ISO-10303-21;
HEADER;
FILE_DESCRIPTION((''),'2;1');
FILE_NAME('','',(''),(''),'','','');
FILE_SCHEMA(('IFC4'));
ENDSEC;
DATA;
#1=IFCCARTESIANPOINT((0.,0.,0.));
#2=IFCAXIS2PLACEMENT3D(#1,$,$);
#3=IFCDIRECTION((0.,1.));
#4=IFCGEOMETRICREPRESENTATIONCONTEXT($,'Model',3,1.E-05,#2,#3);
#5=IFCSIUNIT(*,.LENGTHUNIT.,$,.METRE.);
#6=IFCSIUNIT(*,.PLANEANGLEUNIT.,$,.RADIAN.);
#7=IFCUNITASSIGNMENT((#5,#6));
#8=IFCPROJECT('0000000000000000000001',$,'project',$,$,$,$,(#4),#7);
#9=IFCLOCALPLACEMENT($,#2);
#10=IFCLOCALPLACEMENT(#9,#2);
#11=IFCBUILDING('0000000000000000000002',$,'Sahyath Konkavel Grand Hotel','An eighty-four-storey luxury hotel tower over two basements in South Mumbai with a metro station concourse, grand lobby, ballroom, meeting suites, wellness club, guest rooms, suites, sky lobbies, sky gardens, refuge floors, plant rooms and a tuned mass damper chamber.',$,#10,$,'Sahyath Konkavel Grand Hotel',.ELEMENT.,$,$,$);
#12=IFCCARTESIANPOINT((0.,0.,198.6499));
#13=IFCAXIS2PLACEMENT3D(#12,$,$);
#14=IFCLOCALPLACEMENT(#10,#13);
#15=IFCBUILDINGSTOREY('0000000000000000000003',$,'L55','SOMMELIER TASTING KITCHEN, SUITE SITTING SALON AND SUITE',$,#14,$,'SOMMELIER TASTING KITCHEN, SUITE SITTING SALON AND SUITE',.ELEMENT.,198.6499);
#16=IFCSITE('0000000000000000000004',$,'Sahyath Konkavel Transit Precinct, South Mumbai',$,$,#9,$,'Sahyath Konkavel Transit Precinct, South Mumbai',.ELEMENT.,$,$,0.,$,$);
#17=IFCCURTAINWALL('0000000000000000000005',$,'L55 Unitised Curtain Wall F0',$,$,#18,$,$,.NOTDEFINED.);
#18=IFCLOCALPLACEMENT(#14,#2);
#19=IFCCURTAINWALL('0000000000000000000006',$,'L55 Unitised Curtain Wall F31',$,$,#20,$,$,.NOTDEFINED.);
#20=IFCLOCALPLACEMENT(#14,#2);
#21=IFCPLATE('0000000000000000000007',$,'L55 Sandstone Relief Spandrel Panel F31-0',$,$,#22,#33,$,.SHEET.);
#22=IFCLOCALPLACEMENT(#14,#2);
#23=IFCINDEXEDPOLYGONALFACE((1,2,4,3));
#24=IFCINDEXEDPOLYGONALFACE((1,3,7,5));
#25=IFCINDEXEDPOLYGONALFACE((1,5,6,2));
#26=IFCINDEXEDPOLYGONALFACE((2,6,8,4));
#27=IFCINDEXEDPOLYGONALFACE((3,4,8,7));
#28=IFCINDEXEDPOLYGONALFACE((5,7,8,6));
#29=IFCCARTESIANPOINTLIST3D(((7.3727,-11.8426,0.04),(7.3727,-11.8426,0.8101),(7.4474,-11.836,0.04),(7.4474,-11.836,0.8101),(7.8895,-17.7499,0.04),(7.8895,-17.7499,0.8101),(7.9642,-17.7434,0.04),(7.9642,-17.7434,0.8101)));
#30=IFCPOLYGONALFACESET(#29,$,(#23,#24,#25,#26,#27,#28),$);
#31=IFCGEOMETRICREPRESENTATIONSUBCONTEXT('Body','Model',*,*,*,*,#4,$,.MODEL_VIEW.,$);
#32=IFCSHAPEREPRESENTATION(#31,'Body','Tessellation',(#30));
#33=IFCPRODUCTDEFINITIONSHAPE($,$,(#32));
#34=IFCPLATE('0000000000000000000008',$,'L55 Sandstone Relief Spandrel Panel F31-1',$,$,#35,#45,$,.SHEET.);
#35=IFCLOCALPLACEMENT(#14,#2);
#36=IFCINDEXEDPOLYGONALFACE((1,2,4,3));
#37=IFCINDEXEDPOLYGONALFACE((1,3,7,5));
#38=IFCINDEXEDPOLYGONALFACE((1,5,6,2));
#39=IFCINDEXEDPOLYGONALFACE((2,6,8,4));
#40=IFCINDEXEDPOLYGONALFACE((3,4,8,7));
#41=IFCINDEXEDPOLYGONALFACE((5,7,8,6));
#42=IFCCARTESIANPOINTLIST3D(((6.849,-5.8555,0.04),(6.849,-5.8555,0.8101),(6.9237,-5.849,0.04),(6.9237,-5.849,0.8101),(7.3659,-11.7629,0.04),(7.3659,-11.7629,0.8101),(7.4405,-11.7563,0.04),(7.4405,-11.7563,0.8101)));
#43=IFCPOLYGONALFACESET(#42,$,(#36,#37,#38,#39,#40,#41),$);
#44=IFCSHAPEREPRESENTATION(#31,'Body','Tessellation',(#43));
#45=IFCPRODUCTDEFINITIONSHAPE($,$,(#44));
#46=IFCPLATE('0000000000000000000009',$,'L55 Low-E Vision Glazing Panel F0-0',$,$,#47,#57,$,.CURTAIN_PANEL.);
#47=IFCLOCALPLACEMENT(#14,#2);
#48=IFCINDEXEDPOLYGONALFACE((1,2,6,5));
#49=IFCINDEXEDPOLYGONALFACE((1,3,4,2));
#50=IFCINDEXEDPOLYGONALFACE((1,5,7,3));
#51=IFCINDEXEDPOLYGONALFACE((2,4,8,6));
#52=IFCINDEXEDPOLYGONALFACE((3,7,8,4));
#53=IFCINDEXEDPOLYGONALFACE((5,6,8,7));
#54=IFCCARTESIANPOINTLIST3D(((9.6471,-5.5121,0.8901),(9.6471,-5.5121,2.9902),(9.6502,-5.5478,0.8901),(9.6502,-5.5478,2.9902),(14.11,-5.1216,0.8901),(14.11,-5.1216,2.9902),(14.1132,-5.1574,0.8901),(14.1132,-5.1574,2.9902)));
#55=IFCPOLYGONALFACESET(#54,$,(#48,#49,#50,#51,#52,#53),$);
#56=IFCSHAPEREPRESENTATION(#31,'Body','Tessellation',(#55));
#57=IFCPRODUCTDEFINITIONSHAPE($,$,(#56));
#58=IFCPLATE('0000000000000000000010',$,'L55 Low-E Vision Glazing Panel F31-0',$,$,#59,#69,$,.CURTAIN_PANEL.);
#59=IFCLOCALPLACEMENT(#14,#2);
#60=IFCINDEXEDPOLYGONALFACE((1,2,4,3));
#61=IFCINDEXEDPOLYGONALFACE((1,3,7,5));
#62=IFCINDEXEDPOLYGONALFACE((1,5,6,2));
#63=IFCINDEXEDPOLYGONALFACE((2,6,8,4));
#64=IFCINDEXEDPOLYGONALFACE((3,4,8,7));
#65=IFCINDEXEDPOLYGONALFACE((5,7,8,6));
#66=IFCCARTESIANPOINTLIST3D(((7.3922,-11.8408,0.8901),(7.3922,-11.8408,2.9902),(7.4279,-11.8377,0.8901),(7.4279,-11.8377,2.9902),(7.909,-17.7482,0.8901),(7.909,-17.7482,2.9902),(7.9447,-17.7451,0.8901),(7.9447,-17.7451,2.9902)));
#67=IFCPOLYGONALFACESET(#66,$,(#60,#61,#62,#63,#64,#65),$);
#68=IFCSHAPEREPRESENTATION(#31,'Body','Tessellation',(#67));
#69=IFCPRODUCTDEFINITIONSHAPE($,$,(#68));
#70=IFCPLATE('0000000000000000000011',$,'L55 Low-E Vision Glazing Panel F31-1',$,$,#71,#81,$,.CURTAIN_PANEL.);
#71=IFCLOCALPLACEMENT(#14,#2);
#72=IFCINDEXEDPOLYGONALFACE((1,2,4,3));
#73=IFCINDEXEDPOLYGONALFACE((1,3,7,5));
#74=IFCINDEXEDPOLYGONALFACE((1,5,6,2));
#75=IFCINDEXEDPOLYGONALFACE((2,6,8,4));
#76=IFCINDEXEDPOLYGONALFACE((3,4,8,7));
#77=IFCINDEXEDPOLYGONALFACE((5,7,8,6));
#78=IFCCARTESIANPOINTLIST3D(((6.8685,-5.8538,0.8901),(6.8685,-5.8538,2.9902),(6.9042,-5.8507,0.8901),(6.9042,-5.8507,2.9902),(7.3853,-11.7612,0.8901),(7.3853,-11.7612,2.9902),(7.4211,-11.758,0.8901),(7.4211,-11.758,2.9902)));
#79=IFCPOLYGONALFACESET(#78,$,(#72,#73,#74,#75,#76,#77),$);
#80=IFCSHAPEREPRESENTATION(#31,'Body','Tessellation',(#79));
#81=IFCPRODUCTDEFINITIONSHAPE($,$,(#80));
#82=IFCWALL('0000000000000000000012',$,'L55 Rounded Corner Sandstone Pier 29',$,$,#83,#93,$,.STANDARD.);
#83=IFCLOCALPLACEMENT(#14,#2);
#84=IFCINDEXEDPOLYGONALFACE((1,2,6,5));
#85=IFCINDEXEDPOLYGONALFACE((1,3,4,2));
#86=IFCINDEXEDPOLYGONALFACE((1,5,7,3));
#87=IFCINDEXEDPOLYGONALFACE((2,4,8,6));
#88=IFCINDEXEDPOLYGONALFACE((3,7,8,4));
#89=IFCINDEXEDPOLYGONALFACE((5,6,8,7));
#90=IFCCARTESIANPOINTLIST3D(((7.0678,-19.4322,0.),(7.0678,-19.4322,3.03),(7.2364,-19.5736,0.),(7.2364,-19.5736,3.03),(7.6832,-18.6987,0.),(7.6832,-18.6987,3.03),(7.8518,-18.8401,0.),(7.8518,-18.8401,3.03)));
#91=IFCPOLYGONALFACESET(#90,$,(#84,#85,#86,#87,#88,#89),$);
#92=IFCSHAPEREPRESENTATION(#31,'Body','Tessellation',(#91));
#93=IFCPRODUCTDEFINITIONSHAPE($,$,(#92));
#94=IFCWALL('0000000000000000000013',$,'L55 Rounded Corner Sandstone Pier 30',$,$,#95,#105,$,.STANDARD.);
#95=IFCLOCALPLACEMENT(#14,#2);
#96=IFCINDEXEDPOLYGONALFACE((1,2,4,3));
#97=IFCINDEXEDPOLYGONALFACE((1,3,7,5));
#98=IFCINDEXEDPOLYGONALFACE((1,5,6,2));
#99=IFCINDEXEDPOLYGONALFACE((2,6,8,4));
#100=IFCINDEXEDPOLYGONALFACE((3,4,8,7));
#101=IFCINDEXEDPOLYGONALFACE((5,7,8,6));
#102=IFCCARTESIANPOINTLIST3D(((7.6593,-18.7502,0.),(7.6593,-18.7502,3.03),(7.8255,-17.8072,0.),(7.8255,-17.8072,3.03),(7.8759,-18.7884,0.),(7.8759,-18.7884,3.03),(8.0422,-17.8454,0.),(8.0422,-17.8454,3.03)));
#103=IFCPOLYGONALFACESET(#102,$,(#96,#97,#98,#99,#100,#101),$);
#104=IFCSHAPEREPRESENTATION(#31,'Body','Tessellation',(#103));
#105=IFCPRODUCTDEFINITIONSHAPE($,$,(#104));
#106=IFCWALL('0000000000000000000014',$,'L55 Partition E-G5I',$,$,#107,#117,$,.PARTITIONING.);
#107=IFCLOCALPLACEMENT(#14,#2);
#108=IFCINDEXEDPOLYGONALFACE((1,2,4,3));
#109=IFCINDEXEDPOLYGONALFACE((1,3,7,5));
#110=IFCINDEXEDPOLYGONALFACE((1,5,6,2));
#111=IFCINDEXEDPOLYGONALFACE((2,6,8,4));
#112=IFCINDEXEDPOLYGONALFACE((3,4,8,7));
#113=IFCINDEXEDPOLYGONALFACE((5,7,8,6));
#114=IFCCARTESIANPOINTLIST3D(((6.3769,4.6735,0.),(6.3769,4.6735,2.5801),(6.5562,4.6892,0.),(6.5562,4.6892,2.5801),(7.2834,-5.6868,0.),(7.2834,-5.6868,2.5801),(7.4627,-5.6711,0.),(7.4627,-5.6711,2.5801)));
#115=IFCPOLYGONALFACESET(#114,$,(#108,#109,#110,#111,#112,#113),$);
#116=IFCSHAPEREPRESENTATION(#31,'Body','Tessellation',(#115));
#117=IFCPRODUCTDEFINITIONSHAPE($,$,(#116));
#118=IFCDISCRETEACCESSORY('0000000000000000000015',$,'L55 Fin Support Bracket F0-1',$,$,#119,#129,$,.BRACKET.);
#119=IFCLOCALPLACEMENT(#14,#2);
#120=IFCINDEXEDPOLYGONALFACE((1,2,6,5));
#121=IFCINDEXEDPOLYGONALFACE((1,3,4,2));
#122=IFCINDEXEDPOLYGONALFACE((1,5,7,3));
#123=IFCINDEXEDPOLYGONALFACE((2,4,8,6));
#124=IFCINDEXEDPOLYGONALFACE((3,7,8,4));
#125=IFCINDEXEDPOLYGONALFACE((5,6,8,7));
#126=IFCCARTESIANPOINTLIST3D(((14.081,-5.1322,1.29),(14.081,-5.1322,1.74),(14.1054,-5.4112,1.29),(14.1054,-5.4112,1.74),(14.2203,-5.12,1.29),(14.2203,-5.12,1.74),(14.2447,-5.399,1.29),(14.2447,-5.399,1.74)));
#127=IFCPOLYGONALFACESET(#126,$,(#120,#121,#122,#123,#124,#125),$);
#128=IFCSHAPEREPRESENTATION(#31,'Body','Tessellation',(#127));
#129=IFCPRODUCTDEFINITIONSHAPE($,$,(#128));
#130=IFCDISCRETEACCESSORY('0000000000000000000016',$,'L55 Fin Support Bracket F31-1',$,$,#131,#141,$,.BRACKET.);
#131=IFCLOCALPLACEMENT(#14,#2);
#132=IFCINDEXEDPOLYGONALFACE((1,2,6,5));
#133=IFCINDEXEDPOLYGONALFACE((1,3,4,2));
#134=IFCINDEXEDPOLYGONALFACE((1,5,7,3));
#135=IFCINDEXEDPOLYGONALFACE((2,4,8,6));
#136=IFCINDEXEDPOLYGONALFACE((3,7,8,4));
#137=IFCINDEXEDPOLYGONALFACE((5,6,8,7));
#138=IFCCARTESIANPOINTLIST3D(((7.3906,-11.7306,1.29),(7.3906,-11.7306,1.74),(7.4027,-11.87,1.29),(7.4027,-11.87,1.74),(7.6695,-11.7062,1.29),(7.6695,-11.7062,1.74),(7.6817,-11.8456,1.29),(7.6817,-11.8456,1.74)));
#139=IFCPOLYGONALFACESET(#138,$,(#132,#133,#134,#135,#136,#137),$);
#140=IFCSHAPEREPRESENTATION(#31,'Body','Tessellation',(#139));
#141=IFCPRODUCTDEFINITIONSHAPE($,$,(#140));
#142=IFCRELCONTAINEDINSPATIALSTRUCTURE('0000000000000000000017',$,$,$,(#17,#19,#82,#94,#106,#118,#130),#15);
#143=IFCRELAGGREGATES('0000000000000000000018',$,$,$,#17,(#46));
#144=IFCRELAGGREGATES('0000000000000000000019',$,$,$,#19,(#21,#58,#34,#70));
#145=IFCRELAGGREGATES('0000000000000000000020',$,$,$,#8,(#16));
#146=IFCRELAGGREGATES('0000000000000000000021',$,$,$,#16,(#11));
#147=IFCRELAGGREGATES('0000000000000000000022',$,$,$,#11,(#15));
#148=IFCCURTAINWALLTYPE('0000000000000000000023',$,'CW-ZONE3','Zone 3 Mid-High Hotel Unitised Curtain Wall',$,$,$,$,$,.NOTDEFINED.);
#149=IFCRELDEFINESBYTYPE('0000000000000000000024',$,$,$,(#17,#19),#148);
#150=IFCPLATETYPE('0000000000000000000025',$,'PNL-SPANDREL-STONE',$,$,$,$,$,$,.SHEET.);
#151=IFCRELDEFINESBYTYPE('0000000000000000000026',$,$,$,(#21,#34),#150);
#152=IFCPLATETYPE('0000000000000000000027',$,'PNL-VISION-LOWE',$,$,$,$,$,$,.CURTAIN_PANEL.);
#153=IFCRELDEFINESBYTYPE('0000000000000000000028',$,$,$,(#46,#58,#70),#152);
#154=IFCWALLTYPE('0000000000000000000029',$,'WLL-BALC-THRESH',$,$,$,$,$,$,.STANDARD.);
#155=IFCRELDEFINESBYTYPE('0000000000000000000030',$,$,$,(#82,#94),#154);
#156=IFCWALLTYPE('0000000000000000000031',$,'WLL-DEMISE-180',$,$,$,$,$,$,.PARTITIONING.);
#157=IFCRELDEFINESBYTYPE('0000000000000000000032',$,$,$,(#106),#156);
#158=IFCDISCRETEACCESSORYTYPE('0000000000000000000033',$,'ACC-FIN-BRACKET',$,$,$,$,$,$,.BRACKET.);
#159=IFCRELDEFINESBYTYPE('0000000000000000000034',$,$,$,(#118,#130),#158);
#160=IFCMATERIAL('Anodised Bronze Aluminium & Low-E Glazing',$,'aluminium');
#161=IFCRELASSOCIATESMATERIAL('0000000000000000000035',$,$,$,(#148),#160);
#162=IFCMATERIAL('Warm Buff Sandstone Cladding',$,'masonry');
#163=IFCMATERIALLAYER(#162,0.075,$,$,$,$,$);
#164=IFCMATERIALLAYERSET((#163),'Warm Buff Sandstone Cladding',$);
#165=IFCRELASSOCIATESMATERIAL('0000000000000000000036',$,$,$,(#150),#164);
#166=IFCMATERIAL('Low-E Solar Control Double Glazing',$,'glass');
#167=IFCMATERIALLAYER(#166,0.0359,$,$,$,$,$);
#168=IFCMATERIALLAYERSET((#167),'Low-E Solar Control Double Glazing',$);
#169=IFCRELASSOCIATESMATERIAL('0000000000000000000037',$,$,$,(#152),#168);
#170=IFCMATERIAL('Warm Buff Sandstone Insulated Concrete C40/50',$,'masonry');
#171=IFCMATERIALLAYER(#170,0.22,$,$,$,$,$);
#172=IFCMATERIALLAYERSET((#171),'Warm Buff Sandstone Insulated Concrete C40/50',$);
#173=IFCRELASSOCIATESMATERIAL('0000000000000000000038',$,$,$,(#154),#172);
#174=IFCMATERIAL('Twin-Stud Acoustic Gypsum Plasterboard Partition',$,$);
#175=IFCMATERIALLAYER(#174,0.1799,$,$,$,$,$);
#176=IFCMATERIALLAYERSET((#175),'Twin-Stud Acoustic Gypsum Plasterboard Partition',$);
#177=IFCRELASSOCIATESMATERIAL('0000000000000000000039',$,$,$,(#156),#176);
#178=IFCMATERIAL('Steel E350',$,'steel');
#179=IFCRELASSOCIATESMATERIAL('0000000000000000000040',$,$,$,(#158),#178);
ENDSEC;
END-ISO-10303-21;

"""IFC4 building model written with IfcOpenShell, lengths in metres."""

from ifc_helpers import new_model, si_unit, direction, frame, frame_2d, origin, origin_2d, place, context, subcontext, project, spatial, rectangle, extrude, source, transform, mapped, material, layer, layer_set, type_object, element, aggregate, save


model = new_model("IFC4")

# Units and contexts
model_context = context("Model", 3, precision=1e-05, world=origin(), true_north=direction((0.0, 1.0)))
body_context = subcontext(model_context, "Body", "Model", "MODEL_VIEW")
ifc_project = project(units=[si_unit("LENGTHUNIT", "METRE"), si_unit("PLANEANGLEUNIT", "RADIAN")], contexts=[model_context])

# Site, building, storey
site_placement = place(None, origin())
site = spatial("IfcSite", under=ifc_project, at=site_placement, Name="Sahyath Konkavel Transit Precinct, South Mumbai", LongName="Sahyath Konkavel Transit Precinct, South Mumbai", CompositionType="ELEMENT", RefElevation=0.0)
building_placement = place(site_placement, origin())
building = spatial("IfcBuilding", under=site, at=building_placement, Name="Sahyath Konkavel Grand Hotel", Description="An eighty-four-storey luxury hotel tower over two basements in South Mumbai with a metro station concourse, grand lobby, ballroom, meeting suites, wellness club, guest rooms, suites, sky lobbies, sky gardens, refuge floors, plant rooms and a tuned mass damper chamber.", LongName="Sahyath Konkavel Grand Hotel", CompositionType="ELEMENT")
storey_placement = place(building_placement, frame((0.0, 0.0, 198.6499)))
storey = spatial("IfcBuildingStorey", under=building, at=storey_placement, Name="L55", Description="SOMMELIER TASTING KITCHEN, SUITE SITTING SALON AND SUITE", LongName="SOMMELIER TASTING KITCHEN, SUITE SITTING SALON AND SUITE", CompositionType="ELEMENT", Elevation=198.6499)

# Curtain wall
ifc_material_1 = material(Name="Anodised Bronze Aluminium & Low-E Glazing", Category="aluminium")
curtain_wall_type = type_object("IfcCurtainWallType", Name="CW-ZONE3", Description="Zone 3 Mid-High Hotel Unitised Curtain Wall", PredefinedType="NOTDEFINED", material=ifc_material_1)
curtain_wall_1_placement = place(storey_placement, origin())
curtain_wall_1 = element("IfcCurtainWall", 1, at=curtain_wall_1_placement, inside=storey, type_object=curtain_wall_type, Name="L55 Unitised Curtain Wall F0", PredefinedType="NOTDEFINED")

# Curtain wall
curtain_wall_2_placement = place(storey_placement, origin())
curtain_wall_2 = element("IfcCurtainWall", 2, at=curtain_wall_2_placement, inside=storey, type_object=curtain_wall_type, Name="L55 Unitised Curtain Wall F31", PredefinedType="NOTDEFINED")

# Plates
ifc_material_2 = material(Name="Warm Buff Sandstone Cladding", Category="masonry")
ifc_layer_1 = layer(ifc_material_2, 0.075)
ifc_layer_set_1 = layer_set([ifc_layer_1], Name="Warm Buff Sandstone Cladding")
plate_type_1 = type_object("IfcPlateType", Name="PNL-SPANDREL-STONE", PredefinedType="SHEET", material=ifc_layer_set_1)
shared_shape_1 = source(origin(), body_context, "Body", "SweptSolid", [
    extrude(rectangle(XDim=5.9299, YDim=0.075, at=origin_2d()), origin(), (0.0, 0.0, 1.0), 0.77),
])
plate_1_placement = place(storey_placement, frame((7.6685, -14.793, 0.04), z_axis=(0.0, 0.0, 1.0), x_axis=(-0.087156, 0.996195, 0.0)))
plate_1 = element("IfcPlate", 3, at=plate_1_placement, type_object=plate_type_1, Name="L55 Sandstone Relief Spandrel Panel F31-0", PredefinedType="SHEET", context=body_context, shape_type="MappedRepresentation", body=[
    mapped(shared_shape_1, transform((0.0, 0.0, 0.0), scale=1.0)),
])
plate_2_placement = place(storey_placement, frame((7.1448, -8.8059, 0.04), z_axis=(0.0, 0.0, 1.0), x_axis=(-0.087156, 0.996195, 0.0)))
plate_2 = element("IfcPlate", 4, at=plate_2_placement, type_object=plate_type_1, Name="L55 Sandstone Relief Spandrel Panel F31-1", PredefinedType="SHEET", context=body_context, shape_type="MappedRepresentation", body=[
    mapped(shared_shape_1, transform((0.0, 0.0, 0.0), scale=1.0)),
])
ifc_material_3 = material(Name="Low-E Solar Control Double Glazing", Category="glass")
ifc_layer_2 = layer(ifc_material_3, 0.0359)
ifc_layer_set_2 = layer_set([ifc_layer_2], Name="Low-E Solar Control Double Glazing")
plate_type_2 = type_object("IfcPlateType", Name="PNL-VISION-LOWE", PredefinedType="CURTAIN_PANEL", material=ifc_layer_set_2)
shared_shape_2 = source(origin(), body_context, "Body", "SweptSolid", [
    extrude(rectangle(XDim=4.48, YDim=0.0359, at=origin_2d()), origin(), (0.0, 0.0, 1.0), 2.1001),
])
plate_3_placement = place(storey_placement, frame((11.8801, -5.3347, 0.8901), z_axis=(0.0, 0.0, 1.0), x_axis=(0.996195, 0.087156, 0.0)))
plate_3 = element("IfcPlate", 5, at=plate_3_placement, type_object=plate_type_2, Name="L55 Low-E Vision Glazing Panel F0-0", PredefinedType="CURTAIN_PANEL", context=body_context, shape_type="MappedRepresentation", body=[
    mapped(shared_shape_2, transform((0.0, 0.0, 0.0), scale=1.0)),
])
aggregate(curtain_wall_1, [plate_3])
shared_shape_3 = source(origin(), body_context, "Body", "SweptSolid", [
    extrude(rectangle(XDim=5.9299, YDim=0.0359, at=origin_2d()), origin(), (0.0, 0.0, 1.0), 2.1001),
])
plate_4_placement = place(storey_placement, frame((7.6685, -14.793, 0.8901), z_axis=(0.0, 0.0, 1.0), x_axis=(-0.087156, 0.996195, 0.0)))
plate_4 = element("IfcPlate", 6, at=plate_4_placement, type_object=plate_type_2, Name="L55 Low-E Vision Glazing Panel F31-0", PredefinedType="CURTAIN_PANEL", context=body_context, shape_type="MappedRepresentation", body=[
    mapped(shared_shape_3, transform((0.0, 0.0, 0.0), scale=1.0)),
])
plate_5_placement = place(storey_placement, frame((7.1448, -8.8059, 0.8901), z_axis=(0.0, 0.0, 1.0), x_axis=(-0.087156, 0.996195, 0.0)))
plate_5 = element("IfcPlate", 7, at=plate_5_placement, type_object=plate_type_2, Name="L55 Low-E Vision Glazing Panel F31-1", PredefinedType="CURTAIN_PANEL", context=body_context, shape_type="MappedRepresentation", body=[
    mapped(shared_shape_3, transform((0.0, 0.0, 0.0), scale=1.0)),
])
aggregate(curtain_wall_2, [plate_1, plate_4, plate_2, plate_5])

# Walls
ifc_material_4 = material(Name="Warm Buff Sandstone Insulated Concrete C40/50", Category="masonry")
ifc_layer_3 = layer(ifc_material_4, 0.22)
ifc_layer_set_3 = layer_set([ifc_layer_3], Name="Warm Buff Sandstone Insulated Concrete C40/50")
wall_type_1 = type_object("IfcWallType", Name="WLL-BALC-THRESH", PredefinedType="STANDARD", material=ifc_layer_set_3)
for number, where, z_axis, x_axis, name in (
    (8, (7.1521, -19.5029, 0.0), (0.0, 0.0, 1.0), (0.642714, 0.766107, 0.0), "L55 Rounded Corner Sandstone Pier 29"),
    (9, (7.7676, -18.7693, 0.0), (0.0, 0.0, 1.0), (0.173654, 0.984807, 0.0), "L55 Rounded Corner Sandstone Pier 30"),
):
    element("IfcWall", number, at=place(storey_placement, frame(where, z_axis=z_axis, x_axis=x_axis)), inside=storey, type_object=wall_type_1, Name=name, PredefinedType="STANDARD", context=body_context, shape_type="SweptSolid", body=[
        extrude(rectangle(XDim=0.9575, YDim=0.22, at=frame_2d((0.4788, 0.0))), origin(), (0.0, 0.0, 1.0), 3.03),
    ])
ifc_material_5 = material(Name="Twin-Stud Acoustic Gypsum Plasterboard Partition")
ifc_layer_4 = layer(ifc_material_5, 0.1799)
ifc_layer_set_4 = layer_set([ifc_layer_4], Name="Twin-Stud Acoustic Gypsum Plasterboard Partition")
wall_type_2 = type_object("IfcWallType", Name="WLL-DEMISE-180", PredefinedType="PARTITIONING", material=ifc_layer_set_4)
wall_placement = place(storey_placement, frame((7.373, -5.679, 0.0), z_axis=(0.0, 0.0, 1.0), x_axis=(-0.087163, 0.996194, 0.0)))
element("IfcWall", 10, at=wall_placement, inside=storey, type_object=wall_type_2, Name="L55 Partition E-G5I", PredefinedType="PARTITIONING", context=body_context, shape_type="SweptSolid", body=[
    extrude(rectangle(XDim=10.3999, YDim=0.1799, at=frame_2d((5.2, 0.0))), origin(), (0.0, 0.0, 1.0), 2.5801),
])

# Discrete accessories
ifc_material_6 = material(Name="Steel E350", Category="steel")
discrete_accessory_type = type_object("IfcDiscreteAccessoryType", Name="ACC-FIN-BRACKET", PredefinedType="BRACKET", material=ifc_material_6)
shared_shape_4 = source(origin(), body_context, "Body", "SweptSolid", [
    extrude(rectangle(XDim=0.28, YDim=0.1399, at=origin_2d()), origin(), (0.0, 0.0, 1.0), 0.45),
])
for number, where, z_axis, x_axis, name in (
    (11, (14.1628, -5.2656, 1.29), (0.0, 0.0, 1.0), (0.087156, -0.996195, 0.0), "L55 Fin Support Bracket F0-1"),
    (12, (7.5361, -11.7881, 1.29), (0.0, 0.0, 1.0), (0.996195, 0.087156, 0.0), "L55 Fin Support Bracket F31-1"),
):
    element("IfcDiscreteAccessory", number, at=place(storey_placement, frame(where, z_axis=z_axis, x_axis=x_axis)), inside=storey, type_object=discrete_accessory_type, Name=name, PredefinedType="BRACKET", context=body_context, shape_type="MappedRepresentation", body=[
        mapped(shared_shape_4, transform((0.0, 0.0, 0.0), scale=1.0)),
    ])

save(model, "model.ifc")
